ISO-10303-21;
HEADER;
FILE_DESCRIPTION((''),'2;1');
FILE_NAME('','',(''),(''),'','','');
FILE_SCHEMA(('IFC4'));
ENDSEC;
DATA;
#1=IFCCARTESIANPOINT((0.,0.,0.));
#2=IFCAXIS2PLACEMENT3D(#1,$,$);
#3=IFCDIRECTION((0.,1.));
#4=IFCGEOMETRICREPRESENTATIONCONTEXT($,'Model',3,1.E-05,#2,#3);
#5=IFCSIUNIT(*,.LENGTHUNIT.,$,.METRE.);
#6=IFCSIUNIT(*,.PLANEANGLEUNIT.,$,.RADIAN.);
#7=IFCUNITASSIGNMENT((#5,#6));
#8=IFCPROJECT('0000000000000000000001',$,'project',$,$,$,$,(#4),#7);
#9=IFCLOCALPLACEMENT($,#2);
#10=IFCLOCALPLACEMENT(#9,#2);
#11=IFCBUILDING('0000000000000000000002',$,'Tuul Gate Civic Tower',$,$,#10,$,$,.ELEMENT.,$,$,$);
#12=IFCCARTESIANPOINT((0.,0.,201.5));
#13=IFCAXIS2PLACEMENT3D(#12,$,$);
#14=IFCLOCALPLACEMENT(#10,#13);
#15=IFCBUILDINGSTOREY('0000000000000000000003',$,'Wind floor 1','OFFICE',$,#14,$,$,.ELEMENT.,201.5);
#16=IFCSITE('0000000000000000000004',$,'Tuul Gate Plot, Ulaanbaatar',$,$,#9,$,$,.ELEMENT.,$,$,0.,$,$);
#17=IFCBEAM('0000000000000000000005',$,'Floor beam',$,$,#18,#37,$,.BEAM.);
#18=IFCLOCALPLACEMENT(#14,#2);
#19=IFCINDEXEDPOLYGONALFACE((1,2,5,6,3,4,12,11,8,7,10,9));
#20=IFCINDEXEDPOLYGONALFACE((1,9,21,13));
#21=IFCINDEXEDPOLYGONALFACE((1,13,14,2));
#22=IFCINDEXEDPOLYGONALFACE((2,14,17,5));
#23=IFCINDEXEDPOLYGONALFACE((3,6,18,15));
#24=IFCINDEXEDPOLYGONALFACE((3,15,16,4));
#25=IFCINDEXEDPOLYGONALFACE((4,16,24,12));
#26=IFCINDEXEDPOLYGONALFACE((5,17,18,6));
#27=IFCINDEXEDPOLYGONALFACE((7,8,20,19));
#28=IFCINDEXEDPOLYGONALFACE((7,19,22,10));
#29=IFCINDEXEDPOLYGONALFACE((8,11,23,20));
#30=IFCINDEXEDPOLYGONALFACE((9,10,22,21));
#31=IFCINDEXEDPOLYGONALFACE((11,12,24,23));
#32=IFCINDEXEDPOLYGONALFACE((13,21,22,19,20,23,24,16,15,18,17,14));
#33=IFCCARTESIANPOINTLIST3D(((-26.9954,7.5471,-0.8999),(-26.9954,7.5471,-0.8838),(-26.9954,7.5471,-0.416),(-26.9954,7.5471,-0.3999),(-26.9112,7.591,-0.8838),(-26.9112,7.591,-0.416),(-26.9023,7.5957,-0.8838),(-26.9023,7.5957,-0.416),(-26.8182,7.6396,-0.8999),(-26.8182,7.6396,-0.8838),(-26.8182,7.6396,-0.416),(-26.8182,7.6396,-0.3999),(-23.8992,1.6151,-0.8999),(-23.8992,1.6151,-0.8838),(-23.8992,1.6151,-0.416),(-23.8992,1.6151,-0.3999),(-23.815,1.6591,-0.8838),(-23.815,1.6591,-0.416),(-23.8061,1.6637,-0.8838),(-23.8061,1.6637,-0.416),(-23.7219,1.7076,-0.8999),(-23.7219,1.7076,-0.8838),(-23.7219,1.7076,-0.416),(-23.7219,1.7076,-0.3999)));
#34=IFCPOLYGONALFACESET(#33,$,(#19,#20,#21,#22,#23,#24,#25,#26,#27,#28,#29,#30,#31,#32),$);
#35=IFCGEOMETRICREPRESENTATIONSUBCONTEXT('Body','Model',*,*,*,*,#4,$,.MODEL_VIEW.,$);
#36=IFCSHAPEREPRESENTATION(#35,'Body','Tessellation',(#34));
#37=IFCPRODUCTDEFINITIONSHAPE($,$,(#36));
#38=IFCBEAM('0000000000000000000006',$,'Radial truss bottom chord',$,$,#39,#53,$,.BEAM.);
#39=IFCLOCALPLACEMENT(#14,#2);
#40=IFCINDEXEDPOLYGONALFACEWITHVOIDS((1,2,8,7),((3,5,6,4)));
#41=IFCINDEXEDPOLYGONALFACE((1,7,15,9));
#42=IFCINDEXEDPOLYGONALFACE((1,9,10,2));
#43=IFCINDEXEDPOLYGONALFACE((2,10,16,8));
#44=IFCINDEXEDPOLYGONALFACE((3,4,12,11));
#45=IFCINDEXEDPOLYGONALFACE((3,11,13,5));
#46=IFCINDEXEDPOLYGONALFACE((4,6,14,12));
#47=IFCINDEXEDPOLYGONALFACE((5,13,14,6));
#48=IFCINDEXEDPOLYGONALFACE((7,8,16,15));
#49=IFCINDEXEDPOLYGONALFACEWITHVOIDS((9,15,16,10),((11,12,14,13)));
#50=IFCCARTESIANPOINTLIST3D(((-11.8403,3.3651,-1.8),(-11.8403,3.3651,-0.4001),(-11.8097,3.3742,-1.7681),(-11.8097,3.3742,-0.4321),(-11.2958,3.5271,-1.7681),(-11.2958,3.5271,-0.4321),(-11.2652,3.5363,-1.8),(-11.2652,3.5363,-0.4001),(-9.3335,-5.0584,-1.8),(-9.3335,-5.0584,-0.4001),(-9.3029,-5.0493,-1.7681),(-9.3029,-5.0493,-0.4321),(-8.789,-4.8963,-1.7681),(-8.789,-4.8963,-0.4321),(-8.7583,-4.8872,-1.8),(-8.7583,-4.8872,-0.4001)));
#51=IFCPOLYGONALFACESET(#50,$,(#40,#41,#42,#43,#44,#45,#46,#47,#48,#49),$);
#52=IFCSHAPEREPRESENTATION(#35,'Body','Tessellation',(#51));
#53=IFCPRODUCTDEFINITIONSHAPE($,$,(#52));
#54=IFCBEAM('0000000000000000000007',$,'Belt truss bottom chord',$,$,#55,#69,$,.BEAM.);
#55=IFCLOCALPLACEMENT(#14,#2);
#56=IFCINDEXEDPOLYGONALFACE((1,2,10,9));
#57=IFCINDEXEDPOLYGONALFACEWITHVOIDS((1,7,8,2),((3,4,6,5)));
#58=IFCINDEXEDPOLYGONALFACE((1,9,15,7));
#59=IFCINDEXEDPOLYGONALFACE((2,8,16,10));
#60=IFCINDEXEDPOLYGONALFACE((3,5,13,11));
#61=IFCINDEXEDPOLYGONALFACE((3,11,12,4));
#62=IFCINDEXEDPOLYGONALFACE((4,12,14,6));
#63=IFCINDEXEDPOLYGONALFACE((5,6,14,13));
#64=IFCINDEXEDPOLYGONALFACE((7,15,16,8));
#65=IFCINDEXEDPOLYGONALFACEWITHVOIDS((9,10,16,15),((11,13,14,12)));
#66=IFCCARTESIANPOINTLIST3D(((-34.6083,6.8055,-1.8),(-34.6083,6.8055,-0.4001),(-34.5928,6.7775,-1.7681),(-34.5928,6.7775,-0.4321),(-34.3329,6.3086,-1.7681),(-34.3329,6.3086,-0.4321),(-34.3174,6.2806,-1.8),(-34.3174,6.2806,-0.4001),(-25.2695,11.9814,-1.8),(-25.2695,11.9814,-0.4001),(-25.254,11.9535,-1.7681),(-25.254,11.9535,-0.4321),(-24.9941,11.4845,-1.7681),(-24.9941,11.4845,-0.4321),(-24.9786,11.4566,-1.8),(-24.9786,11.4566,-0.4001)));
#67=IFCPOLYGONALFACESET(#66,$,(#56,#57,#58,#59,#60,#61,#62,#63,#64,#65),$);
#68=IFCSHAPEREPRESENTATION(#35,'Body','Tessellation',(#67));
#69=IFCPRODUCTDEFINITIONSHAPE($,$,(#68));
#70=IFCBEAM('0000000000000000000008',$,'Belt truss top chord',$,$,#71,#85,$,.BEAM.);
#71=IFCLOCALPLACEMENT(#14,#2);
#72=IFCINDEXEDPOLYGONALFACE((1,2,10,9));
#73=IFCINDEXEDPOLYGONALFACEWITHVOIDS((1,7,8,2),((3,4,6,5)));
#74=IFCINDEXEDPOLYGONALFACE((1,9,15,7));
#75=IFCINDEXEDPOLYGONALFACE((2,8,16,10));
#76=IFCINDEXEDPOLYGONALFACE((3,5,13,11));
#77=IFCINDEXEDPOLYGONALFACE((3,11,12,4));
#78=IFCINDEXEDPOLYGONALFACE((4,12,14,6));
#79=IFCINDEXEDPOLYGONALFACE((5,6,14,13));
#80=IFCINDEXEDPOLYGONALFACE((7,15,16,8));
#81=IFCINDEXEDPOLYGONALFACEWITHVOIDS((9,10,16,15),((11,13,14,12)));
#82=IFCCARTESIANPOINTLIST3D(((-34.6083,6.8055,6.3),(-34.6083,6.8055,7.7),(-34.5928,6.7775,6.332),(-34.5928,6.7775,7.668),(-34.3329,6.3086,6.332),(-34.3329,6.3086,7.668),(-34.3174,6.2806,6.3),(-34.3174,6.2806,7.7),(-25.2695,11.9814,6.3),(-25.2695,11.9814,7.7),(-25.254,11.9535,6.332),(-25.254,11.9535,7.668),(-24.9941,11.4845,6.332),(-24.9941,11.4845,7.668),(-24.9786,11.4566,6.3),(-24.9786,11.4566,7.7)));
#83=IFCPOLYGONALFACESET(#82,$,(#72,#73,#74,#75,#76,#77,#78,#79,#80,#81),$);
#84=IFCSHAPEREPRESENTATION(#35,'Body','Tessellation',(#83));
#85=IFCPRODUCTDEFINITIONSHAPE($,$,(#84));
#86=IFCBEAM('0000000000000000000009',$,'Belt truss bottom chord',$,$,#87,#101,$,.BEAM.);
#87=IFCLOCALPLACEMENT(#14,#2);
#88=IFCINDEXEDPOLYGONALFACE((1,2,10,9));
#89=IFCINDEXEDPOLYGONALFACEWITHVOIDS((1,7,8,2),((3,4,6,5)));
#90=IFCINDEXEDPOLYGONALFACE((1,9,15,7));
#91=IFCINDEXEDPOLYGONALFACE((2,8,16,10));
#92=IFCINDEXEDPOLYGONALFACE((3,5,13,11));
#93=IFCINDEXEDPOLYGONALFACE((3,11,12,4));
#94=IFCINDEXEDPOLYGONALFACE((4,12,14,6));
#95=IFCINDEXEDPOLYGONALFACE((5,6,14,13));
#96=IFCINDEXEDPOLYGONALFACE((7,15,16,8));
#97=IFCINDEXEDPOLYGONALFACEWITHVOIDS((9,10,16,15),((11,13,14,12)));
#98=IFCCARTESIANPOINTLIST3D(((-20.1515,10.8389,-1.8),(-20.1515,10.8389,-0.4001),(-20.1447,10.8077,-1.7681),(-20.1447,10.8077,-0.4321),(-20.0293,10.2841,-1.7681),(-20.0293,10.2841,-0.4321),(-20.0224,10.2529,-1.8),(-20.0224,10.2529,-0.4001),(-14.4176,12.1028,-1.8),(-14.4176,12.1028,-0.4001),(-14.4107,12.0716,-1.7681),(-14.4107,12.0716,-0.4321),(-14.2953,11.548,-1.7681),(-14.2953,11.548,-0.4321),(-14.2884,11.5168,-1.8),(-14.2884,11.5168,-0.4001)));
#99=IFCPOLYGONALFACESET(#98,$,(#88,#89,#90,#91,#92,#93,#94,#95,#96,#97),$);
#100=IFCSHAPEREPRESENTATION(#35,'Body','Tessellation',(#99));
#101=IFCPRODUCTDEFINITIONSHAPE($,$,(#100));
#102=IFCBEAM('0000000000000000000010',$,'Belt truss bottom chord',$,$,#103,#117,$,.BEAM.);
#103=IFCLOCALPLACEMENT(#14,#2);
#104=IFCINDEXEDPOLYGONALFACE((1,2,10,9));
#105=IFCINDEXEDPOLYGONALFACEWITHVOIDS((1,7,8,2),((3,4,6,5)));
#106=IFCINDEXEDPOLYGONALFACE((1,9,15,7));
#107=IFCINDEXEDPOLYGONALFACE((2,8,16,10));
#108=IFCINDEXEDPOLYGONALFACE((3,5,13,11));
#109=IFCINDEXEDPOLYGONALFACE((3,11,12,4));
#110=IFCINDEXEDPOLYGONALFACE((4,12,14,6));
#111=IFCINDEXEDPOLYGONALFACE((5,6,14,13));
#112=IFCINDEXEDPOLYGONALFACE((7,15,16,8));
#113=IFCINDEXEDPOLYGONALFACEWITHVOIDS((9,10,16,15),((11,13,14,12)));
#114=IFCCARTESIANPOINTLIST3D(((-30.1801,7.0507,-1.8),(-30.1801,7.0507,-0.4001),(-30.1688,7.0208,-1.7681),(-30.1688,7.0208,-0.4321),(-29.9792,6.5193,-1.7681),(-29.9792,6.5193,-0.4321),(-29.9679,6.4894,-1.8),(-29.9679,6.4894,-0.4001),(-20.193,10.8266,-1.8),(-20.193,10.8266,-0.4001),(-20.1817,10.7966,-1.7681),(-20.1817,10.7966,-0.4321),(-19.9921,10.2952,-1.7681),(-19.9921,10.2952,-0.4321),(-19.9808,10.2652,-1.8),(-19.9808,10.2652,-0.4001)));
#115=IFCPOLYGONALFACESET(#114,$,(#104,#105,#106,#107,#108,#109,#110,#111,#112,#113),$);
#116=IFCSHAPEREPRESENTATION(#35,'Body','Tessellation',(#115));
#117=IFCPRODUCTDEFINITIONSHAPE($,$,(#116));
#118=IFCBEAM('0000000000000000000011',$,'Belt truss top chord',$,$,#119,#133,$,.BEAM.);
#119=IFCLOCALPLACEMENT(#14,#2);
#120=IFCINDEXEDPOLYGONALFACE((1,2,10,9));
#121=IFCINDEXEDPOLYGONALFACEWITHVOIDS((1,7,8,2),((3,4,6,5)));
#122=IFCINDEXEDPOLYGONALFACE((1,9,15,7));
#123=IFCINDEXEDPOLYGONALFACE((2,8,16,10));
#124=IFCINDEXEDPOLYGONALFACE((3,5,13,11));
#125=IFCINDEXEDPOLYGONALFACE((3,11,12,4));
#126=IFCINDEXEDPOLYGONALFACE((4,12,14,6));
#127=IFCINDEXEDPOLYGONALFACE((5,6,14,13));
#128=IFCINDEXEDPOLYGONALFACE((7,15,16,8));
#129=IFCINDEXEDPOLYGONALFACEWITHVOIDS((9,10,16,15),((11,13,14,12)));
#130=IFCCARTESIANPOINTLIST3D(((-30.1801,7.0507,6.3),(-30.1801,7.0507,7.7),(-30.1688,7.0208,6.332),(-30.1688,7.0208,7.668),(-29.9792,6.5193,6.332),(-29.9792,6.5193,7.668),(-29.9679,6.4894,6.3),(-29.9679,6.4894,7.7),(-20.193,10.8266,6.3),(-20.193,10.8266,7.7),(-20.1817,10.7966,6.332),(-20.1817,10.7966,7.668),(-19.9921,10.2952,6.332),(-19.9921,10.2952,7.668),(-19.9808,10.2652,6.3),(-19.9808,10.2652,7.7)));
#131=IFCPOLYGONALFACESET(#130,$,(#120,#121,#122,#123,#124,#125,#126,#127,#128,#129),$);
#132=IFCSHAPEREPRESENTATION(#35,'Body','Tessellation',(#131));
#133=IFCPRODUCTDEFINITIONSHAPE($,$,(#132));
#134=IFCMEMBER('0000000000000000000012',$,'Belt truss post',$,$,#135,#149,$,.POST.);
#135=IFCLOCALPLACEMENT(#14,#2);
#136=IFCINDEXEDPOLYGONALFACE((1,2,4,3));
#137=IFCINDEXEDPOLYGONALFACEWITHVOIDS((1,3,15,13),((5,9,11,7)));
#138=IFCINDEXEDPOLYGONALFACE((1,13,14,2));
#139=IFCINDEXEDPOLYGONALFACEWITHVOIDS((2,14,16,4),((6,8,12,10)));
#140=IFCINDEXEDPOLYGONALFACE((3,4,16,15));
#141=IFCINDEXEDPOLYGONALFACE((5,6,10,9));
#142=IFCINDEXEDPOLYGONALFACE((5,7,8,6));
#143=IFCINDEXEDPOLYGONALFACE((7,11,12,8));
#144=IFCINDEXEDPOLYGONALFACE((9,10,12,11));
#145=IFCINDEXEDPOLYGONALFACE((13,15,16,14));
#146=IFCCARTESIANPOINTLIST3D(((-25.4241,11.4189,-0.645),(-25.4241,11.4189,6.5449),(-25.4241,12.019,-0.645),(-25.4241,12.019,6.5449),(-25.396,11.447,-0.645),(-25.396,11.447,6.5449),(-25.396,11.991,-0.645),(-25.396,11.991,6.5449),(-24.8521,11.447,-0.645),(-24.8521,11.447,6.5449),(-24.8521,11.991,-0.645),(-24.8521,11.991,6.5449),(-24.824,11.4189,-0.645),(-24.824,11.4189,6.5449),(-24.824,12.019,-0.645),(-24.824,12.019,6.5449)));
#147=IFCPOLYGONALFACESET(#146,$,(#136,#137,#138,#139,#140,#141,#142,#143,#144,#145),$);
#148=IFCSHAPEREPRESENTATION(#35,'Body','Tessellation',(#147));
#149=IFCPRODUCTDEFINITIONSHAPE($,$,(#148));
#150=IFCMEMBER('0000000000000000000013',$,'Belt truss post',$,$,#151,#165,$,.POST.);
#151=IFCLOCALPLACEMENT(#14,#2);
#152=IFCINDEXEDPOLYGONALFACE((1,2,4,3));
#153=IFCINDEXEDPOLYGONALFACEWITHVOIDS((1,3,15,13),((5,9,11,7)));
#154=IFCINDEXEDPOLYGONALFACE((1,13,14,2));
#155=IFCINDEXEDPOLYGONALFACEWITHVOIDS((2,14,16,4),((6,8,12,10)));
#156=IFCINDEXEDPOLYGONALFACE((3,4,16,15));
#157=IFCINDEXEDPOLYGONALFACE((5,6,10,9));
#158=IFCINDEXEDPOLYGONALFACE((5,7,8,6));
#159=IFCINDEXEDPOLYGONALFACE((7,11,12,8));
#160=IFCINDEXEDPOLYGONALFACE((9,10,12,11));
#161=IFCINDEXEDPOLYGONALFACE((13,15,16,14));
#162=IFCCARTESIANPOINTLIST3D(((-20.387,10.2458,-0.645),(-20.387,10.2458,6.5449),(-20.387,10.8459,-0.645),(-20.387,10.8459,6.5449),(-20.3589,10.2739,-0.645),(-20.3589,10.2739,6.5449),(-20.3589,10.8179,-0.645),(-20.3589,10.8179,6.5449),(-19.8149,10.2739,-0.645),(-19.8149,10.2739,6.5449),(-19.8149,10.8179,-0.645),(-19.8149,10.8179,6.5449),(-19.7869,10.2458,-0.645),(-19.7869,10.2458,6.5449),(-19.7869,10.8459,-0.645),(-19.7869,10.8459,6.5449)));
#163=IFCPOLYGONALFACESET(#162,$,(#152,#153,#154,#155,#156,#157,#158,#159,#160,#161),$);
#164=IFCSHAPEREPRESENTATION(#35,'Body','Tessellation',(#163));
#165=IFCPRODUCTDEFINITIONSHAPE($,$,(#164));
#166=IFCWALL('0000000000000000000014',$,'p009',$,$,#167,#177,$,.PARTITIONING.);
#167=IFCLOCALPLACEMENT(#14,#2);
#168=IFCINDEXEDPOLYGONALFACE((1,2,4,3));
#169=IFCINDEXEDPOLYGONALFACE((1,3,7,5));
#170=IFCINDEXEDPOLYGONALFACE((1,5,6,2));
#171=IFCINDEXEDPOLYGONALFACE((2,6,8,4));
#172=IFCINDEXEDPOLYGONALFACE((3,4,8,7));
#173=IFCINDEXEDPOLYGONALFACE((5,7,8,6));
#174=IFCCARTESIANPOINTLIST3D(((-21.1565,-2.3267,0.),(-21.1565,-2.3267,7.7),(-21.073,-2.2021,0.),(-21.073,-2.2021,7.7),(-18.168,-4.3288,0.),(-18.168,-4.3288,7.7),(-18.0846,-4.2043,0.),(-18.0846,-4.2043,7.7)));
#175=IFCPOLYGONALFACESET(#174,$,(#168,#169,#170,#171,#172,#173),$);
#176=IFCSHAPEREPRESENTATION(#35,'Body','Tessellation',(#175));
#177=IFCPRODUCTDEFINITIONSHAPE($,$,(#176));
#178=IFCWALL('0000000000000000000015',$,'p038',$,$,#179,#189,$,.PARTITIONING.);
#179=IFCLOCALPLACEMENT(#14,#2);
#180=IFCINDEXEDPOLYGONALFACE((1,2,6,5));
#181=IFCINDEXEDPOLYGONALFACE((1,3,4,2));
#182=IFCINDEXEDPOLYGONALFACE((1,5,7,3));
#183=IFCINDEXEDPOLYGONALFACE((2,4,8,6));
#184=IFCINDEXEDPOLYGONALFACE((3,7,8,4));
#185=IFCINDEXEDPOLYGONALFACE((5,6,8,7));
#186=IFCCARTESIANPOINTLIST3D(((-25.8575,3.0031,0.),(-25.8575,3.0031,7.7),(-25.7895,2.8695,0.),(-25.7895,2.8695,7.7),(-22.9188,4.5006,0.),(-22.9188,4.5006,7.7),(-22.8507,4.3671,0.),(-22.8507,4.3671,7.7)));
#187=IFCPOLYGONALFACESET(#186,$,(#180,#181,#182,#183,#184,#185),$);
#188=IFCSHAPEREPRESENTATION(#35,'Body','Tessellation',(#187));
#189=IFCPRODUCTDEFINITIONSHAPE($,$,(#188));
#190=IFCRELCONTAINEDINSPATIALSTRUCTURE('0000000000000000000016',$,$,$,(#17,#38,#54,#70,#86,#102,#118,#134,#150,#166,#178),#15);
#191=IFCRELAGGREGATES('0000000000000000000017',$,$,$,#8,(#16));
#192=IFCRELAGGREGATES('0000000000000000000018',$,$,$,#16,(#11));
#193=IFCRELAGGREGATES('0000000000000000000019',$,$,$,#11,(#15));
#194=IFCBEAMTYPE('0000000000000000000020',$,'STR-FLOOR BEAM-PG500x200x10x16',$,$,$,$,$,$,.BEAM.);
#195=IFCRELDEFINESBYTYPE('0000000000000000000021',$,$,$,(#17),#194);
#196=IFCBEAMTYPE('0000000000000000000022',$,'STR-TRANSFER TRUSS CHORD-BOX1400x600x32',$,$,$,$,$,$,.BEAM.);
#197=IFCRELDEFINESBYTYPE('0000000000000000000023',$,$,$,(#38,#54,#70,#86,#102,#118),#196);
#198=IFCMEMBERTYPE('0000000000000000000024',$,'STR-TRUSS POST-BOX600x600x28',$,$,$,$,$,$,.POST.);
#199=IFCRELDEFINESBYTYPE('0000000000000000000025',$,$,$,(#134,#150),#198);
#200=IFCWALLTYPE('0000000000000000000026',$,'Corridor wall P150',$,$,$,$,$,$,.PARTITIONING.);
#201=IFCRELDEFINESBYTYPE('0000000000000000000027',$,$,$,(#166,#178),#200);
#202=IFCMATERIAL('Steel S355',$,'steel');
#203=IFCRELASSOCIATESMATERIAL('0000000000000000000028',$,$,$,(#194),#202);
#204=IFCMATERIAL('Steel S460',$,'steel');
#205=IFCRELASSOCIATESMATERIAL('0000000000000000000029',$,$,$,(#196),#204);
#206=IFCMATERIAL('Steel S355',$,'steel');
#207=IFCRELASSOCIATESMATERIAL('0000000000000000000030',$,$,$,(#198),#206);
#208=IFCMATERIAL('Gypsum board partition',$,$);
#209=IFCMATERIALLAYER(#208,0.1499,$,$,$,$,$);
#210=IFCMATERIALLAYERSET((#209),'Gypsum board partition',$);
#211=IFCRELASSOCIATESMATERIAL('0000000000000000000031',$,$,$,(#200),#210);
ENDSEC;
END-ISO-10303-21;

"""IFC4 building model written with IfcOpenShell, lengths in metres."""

from ifc_helpers import new_model, si_unit, direction, frame, frame_2d, origin, origin_2d, place, context, subcontext, project, spatial, rectangle, hollow_rectangle, i_section, extrude, material, layer, layer_set, material_profile, profile_set, type_object, element, save


model = new_model("IFC4")

# Units and contexts
model_context = context("Model", 3, precision=1e-05, world=origin(), true_north=direction((0.0, 1.0)))
body_context = subcontext(model_context, "Body", "Model", "MODEL_VIEW")
ifc_project = project(units=[si_unit("LENGTHUNIT", "METRE"), si_unit("PLANEANGLEUNIT", "RADIAN")], contexts=[model_context])

# Site, building, storey
site_placement = place(None, origin())
site = spatial("IfcSite", under=ifc_project, at=site_placement, Name="Tuul Gate Plot, Ulaanbaatar", CompositionType="ELEMENT", RefElevation=0.0)
building_placement = place(site_placement, origin())
building = spatial("IfcBuilding", under=site, at=building_placement, Name="Tuul Gate Civic Tower", CompositionType="ELEMENT")
storey_placement = place(building_placement, frame((0.0, 0.0, 201.5)))
storey = spatial("IfcBuildingStorey", under=building, at=storey_placement, Name="Wind floor 1", Description="OFFICE", CompositionType="ELEMENT", Elevation=201.5)

# Beams
ifc_material_1 = material(Name="Steel S355", Category="steel")
ifc_material_profile_1 = material_profile(ifc_material_1, i_section(OverallWidth=0.2, OverallDepth=0.5, WebThickness=0.01, FlangeThickness=0.0161, at=origin_2d()), Name="PG500x200x10x16")
ifc_profile_set_1 = profile_set([ifc_material_profile_1], Name="Steel S355")
beam_type_1 = type_object("IfcBeamType", Name="STR-FLOOR BEAM-PG500x200x10x16", PredefinedType="BEAM", material=ifc_profile_set_1)
beam_1_placement = place(storey_placement, frame((-23.8105, 1.6614, -0.6499), z_axis=(-0.462718, 0.886505, 0.0), x_axis=(-0.886505, -0.462718, 0.0)))
element("IfcBeam", 1, at=beam_1_placement, inside=storey, type_object=beam_type_1, Name="Floor beam", PredefinedType="BEAM", context=body_context, shape_type="SweptSolid", body=[
    extrude(i_section(OverallWidth=0.2, OverallDepth=0.5, WebThickness=0.01, FlangeThickness=0.0161, at=origin_2d()), origin(), (0.0, 0.0, 1.0), 6.6914),
])
ifc_material_2 = material(Name="Steel S460", Category="steel")
ifc_material_profile_2 = material_profile(ifc_material_2, hollow_rectangle(XDim=0.6001, YDim=1.3999, WallThickness=0.032, at=origin_2d()), Name="BOX1400x600x32")
ifc_profile_set_2 = profile_set([ifc_material_profile_2], Name="Steel S460")
beam_type_2 = type_object("IfcBeamType", Name="STR-TRANSFER TRUSS CHORD-BOX1400x600x32", PredefinedType="BEAM", material=ifc_profile_set_2)
beam_2_placement = place(storey_placement, frame((-11.5527, 3.4507, -1.1001), z_axis=(0.285234, -0.958458, 0.0), x_axis=(0.958458, 0.285234, 0.0)))
element("IfcBeam", 2, at=beam_2_placement, inside=storey, type_object=beam_type_2, Name="Radial truss bottom chord", PredefinedType="BEAM", context=body_context, shape_type="SweptSolid", body=[
    extrude(hollow_rectangle(XDim=0.6001, YDim=1.3999, WallThickness=0.032, at=origin_2d()), origin(), (0.0, 0.0, 1.0), 8.7886),
])
for number, where, z_axis, x_axis, name in (
    (3, (-25.124, 11.719, -1.1001), (-0.874643, -0.484767, 0.0), (0.484767, -0.874643, 0.0), "Belt truss bottom chord"),
    (4, (-25.124, 11.719, 7.0), (-0.874643, -0.484767, 0.0), (0.484767, -0.874643, 0.0), "Belt truss top chord"),
):
    element("IfcBeam", number, at=place(storey_placement, frame(where, z_axis=z_axis, x_axis=x_axis)), inside=storey, type_object=beam_type_2, Name=name, PredefinedType="BEAM", context=body_context, shape_type="SweptSolid", body=[
        extrude(hollow_rectangle(XDim=0.6001, YDim=1.3999, WallThickness=0.032, at=origin_2d()), origin(), (0.0, 0.0, 1.0), 10.6772),
    ])
beam_3_placement = place(storey_placement, frame((-14.353, 11.8098, -1.1001), z_axis=(-0.976556, -0.215262, 0.0), x_axis=(0.215262, -0.976556, 0.0)))
element("IfcBeam", 5, at=beam_3_placement, inside=storey, type_object=beam_type_2, Name="Belt truss bottom chord", PredefinedType="BEAM", context=body_context, shape_type="SweptSolid", body=[
    extrude(hollow_rectangle(XDim=0.6001, YDim=1.3999, WallThickness=0.032, at=origin_2d()), origin(), (0.0, 0.0, 1.0), 5.8716),
])
for number, where, z_axis, x_axis, name in (
    (6, (-20.0869, 10.5459, -1.1001), (-0.93538, -0.353646, 0.0), (0.353646, -0.93538, 0.0), "Belt truss bottom chord"),
    (7, (-20.0869, 10.5459, 7.0), (-0.93538, -0.353646, 0.0), (0.353646, -0.93538, 0.0), "Belt truss top chord"),
):
    element("IfcBeam", number, at=place(storey_placement, frame(where, z_axis=z_axis, x_axis=x_axis)), inside=storey, type_object=beam_type_2, Name=name, PredefinedType="BEAM", context=body_context, shape_type="SweptSolid", body=[
        extrude(hollow_rectangle(XDim=0.6001, YDim=1.3999, WallThickness=0.032, at=origin_2d()), origin(), (0.0, 0.0, 1.0), 10.677),
    ])

# Members
ifc_material_3 = material(Name="Steel S355", Category="steel")
ifc_material_profile_3 = material_profile(ifc_material_3, hollow_rectangle(XDim=0.6001, YDim=0.6001, WallThickness=0.0281, at=origin_2d()), Name="BOX600x600x28")
ifc_profile_set_3 = profile_set([ifc_material_profile_3], Name="Steel S355")
member_type = type_object("IfcMemberType", Name="STR-TRUSS POST-BOX600x600x28", PredefinedType="POST", material=ifc_profile_set_3)
for number, where, z_axis, x_axis, name in (
    (8, (-25.124, 11.719, -0.645), (0.0, 0.0, 1.0), (1.0, 0.0, 0.0), "Belt truss post"),
    (9, (-20.0869, 10.5459, -0.645), (0.0, 0.0, 1.0), (1.0, 0.0, 0.0), "Belt truss post"),
):
    element("IfcMember", number, at=place(storey_placement, frame(where, z_axis=z_axis, x_axis=x_axis)), inside=storey, type_object=member_type, Name=name, PredefinedType="POST", context=body_context, shape_type="SweptSolid", body=[
        extrude(hollow_rectangle(XDim=0.6001, YDim=0.6001, WallThickness=0.0281, at=origin_2d()), origin(), (0.0, 0.0, 1.0), 7.1899),
    ])

# Walls
ifc_material_4 = material(Name="Gypsum board partition")
ifc_layer_1 = layer(ifc_material_4, 0.1499)
ifc_layer_set_1 = layer_set([ifc_layer_1], Name="Gypsum board partition")
wall_type_1 = type_object("IfcWallType", Name="Corridor wall P150", PredefinedType="PARTITIONING", material=ifc_layer_set_1)
wall_1_placement = place(storey_placement, frame((-21.1147, -2.2644, 0.0), z_axis=(0.0, 0.0, 1.0), x_axis=(0.830785, -0.556594, 0.0)))
element("IfcWall", 10, at=wall_1_placement, inside=storey, type_object=wall_type_1, Name="p009", PredefinedType="PARTITIONING", context=body_context, shape_type="SweptSolid", body=[
    extrude(rectangle(XDim=3.5972, YDim=0.1499, at=frame_2d((1.7986, 0.0))), origin(), (0.0, 0.0, 1.0), 7.7),
])
wall_2_placement = place(storey_placement, frame((-25.8235, 2.9363, 0.0), z_axis=(0.0, 0.0, 1.0), x_axis=(0.890981, 0.45404, 0.0)))
element("IfcWall", 11, at=wall_2_placement, inside=storey, type_object=wall_type_1, Name="p038", PredefinedType="PARTITIONING", context=body_context, shape_type="SweptSolid", body=[
    extrude(rectangle(XDim=3.2983, YDim=0.1499, at=frame_2d((1.6492, 0.0))), origin(), (0.0, 0.0, 1.0), 7.7),
])

save(model, "model.ifc")
